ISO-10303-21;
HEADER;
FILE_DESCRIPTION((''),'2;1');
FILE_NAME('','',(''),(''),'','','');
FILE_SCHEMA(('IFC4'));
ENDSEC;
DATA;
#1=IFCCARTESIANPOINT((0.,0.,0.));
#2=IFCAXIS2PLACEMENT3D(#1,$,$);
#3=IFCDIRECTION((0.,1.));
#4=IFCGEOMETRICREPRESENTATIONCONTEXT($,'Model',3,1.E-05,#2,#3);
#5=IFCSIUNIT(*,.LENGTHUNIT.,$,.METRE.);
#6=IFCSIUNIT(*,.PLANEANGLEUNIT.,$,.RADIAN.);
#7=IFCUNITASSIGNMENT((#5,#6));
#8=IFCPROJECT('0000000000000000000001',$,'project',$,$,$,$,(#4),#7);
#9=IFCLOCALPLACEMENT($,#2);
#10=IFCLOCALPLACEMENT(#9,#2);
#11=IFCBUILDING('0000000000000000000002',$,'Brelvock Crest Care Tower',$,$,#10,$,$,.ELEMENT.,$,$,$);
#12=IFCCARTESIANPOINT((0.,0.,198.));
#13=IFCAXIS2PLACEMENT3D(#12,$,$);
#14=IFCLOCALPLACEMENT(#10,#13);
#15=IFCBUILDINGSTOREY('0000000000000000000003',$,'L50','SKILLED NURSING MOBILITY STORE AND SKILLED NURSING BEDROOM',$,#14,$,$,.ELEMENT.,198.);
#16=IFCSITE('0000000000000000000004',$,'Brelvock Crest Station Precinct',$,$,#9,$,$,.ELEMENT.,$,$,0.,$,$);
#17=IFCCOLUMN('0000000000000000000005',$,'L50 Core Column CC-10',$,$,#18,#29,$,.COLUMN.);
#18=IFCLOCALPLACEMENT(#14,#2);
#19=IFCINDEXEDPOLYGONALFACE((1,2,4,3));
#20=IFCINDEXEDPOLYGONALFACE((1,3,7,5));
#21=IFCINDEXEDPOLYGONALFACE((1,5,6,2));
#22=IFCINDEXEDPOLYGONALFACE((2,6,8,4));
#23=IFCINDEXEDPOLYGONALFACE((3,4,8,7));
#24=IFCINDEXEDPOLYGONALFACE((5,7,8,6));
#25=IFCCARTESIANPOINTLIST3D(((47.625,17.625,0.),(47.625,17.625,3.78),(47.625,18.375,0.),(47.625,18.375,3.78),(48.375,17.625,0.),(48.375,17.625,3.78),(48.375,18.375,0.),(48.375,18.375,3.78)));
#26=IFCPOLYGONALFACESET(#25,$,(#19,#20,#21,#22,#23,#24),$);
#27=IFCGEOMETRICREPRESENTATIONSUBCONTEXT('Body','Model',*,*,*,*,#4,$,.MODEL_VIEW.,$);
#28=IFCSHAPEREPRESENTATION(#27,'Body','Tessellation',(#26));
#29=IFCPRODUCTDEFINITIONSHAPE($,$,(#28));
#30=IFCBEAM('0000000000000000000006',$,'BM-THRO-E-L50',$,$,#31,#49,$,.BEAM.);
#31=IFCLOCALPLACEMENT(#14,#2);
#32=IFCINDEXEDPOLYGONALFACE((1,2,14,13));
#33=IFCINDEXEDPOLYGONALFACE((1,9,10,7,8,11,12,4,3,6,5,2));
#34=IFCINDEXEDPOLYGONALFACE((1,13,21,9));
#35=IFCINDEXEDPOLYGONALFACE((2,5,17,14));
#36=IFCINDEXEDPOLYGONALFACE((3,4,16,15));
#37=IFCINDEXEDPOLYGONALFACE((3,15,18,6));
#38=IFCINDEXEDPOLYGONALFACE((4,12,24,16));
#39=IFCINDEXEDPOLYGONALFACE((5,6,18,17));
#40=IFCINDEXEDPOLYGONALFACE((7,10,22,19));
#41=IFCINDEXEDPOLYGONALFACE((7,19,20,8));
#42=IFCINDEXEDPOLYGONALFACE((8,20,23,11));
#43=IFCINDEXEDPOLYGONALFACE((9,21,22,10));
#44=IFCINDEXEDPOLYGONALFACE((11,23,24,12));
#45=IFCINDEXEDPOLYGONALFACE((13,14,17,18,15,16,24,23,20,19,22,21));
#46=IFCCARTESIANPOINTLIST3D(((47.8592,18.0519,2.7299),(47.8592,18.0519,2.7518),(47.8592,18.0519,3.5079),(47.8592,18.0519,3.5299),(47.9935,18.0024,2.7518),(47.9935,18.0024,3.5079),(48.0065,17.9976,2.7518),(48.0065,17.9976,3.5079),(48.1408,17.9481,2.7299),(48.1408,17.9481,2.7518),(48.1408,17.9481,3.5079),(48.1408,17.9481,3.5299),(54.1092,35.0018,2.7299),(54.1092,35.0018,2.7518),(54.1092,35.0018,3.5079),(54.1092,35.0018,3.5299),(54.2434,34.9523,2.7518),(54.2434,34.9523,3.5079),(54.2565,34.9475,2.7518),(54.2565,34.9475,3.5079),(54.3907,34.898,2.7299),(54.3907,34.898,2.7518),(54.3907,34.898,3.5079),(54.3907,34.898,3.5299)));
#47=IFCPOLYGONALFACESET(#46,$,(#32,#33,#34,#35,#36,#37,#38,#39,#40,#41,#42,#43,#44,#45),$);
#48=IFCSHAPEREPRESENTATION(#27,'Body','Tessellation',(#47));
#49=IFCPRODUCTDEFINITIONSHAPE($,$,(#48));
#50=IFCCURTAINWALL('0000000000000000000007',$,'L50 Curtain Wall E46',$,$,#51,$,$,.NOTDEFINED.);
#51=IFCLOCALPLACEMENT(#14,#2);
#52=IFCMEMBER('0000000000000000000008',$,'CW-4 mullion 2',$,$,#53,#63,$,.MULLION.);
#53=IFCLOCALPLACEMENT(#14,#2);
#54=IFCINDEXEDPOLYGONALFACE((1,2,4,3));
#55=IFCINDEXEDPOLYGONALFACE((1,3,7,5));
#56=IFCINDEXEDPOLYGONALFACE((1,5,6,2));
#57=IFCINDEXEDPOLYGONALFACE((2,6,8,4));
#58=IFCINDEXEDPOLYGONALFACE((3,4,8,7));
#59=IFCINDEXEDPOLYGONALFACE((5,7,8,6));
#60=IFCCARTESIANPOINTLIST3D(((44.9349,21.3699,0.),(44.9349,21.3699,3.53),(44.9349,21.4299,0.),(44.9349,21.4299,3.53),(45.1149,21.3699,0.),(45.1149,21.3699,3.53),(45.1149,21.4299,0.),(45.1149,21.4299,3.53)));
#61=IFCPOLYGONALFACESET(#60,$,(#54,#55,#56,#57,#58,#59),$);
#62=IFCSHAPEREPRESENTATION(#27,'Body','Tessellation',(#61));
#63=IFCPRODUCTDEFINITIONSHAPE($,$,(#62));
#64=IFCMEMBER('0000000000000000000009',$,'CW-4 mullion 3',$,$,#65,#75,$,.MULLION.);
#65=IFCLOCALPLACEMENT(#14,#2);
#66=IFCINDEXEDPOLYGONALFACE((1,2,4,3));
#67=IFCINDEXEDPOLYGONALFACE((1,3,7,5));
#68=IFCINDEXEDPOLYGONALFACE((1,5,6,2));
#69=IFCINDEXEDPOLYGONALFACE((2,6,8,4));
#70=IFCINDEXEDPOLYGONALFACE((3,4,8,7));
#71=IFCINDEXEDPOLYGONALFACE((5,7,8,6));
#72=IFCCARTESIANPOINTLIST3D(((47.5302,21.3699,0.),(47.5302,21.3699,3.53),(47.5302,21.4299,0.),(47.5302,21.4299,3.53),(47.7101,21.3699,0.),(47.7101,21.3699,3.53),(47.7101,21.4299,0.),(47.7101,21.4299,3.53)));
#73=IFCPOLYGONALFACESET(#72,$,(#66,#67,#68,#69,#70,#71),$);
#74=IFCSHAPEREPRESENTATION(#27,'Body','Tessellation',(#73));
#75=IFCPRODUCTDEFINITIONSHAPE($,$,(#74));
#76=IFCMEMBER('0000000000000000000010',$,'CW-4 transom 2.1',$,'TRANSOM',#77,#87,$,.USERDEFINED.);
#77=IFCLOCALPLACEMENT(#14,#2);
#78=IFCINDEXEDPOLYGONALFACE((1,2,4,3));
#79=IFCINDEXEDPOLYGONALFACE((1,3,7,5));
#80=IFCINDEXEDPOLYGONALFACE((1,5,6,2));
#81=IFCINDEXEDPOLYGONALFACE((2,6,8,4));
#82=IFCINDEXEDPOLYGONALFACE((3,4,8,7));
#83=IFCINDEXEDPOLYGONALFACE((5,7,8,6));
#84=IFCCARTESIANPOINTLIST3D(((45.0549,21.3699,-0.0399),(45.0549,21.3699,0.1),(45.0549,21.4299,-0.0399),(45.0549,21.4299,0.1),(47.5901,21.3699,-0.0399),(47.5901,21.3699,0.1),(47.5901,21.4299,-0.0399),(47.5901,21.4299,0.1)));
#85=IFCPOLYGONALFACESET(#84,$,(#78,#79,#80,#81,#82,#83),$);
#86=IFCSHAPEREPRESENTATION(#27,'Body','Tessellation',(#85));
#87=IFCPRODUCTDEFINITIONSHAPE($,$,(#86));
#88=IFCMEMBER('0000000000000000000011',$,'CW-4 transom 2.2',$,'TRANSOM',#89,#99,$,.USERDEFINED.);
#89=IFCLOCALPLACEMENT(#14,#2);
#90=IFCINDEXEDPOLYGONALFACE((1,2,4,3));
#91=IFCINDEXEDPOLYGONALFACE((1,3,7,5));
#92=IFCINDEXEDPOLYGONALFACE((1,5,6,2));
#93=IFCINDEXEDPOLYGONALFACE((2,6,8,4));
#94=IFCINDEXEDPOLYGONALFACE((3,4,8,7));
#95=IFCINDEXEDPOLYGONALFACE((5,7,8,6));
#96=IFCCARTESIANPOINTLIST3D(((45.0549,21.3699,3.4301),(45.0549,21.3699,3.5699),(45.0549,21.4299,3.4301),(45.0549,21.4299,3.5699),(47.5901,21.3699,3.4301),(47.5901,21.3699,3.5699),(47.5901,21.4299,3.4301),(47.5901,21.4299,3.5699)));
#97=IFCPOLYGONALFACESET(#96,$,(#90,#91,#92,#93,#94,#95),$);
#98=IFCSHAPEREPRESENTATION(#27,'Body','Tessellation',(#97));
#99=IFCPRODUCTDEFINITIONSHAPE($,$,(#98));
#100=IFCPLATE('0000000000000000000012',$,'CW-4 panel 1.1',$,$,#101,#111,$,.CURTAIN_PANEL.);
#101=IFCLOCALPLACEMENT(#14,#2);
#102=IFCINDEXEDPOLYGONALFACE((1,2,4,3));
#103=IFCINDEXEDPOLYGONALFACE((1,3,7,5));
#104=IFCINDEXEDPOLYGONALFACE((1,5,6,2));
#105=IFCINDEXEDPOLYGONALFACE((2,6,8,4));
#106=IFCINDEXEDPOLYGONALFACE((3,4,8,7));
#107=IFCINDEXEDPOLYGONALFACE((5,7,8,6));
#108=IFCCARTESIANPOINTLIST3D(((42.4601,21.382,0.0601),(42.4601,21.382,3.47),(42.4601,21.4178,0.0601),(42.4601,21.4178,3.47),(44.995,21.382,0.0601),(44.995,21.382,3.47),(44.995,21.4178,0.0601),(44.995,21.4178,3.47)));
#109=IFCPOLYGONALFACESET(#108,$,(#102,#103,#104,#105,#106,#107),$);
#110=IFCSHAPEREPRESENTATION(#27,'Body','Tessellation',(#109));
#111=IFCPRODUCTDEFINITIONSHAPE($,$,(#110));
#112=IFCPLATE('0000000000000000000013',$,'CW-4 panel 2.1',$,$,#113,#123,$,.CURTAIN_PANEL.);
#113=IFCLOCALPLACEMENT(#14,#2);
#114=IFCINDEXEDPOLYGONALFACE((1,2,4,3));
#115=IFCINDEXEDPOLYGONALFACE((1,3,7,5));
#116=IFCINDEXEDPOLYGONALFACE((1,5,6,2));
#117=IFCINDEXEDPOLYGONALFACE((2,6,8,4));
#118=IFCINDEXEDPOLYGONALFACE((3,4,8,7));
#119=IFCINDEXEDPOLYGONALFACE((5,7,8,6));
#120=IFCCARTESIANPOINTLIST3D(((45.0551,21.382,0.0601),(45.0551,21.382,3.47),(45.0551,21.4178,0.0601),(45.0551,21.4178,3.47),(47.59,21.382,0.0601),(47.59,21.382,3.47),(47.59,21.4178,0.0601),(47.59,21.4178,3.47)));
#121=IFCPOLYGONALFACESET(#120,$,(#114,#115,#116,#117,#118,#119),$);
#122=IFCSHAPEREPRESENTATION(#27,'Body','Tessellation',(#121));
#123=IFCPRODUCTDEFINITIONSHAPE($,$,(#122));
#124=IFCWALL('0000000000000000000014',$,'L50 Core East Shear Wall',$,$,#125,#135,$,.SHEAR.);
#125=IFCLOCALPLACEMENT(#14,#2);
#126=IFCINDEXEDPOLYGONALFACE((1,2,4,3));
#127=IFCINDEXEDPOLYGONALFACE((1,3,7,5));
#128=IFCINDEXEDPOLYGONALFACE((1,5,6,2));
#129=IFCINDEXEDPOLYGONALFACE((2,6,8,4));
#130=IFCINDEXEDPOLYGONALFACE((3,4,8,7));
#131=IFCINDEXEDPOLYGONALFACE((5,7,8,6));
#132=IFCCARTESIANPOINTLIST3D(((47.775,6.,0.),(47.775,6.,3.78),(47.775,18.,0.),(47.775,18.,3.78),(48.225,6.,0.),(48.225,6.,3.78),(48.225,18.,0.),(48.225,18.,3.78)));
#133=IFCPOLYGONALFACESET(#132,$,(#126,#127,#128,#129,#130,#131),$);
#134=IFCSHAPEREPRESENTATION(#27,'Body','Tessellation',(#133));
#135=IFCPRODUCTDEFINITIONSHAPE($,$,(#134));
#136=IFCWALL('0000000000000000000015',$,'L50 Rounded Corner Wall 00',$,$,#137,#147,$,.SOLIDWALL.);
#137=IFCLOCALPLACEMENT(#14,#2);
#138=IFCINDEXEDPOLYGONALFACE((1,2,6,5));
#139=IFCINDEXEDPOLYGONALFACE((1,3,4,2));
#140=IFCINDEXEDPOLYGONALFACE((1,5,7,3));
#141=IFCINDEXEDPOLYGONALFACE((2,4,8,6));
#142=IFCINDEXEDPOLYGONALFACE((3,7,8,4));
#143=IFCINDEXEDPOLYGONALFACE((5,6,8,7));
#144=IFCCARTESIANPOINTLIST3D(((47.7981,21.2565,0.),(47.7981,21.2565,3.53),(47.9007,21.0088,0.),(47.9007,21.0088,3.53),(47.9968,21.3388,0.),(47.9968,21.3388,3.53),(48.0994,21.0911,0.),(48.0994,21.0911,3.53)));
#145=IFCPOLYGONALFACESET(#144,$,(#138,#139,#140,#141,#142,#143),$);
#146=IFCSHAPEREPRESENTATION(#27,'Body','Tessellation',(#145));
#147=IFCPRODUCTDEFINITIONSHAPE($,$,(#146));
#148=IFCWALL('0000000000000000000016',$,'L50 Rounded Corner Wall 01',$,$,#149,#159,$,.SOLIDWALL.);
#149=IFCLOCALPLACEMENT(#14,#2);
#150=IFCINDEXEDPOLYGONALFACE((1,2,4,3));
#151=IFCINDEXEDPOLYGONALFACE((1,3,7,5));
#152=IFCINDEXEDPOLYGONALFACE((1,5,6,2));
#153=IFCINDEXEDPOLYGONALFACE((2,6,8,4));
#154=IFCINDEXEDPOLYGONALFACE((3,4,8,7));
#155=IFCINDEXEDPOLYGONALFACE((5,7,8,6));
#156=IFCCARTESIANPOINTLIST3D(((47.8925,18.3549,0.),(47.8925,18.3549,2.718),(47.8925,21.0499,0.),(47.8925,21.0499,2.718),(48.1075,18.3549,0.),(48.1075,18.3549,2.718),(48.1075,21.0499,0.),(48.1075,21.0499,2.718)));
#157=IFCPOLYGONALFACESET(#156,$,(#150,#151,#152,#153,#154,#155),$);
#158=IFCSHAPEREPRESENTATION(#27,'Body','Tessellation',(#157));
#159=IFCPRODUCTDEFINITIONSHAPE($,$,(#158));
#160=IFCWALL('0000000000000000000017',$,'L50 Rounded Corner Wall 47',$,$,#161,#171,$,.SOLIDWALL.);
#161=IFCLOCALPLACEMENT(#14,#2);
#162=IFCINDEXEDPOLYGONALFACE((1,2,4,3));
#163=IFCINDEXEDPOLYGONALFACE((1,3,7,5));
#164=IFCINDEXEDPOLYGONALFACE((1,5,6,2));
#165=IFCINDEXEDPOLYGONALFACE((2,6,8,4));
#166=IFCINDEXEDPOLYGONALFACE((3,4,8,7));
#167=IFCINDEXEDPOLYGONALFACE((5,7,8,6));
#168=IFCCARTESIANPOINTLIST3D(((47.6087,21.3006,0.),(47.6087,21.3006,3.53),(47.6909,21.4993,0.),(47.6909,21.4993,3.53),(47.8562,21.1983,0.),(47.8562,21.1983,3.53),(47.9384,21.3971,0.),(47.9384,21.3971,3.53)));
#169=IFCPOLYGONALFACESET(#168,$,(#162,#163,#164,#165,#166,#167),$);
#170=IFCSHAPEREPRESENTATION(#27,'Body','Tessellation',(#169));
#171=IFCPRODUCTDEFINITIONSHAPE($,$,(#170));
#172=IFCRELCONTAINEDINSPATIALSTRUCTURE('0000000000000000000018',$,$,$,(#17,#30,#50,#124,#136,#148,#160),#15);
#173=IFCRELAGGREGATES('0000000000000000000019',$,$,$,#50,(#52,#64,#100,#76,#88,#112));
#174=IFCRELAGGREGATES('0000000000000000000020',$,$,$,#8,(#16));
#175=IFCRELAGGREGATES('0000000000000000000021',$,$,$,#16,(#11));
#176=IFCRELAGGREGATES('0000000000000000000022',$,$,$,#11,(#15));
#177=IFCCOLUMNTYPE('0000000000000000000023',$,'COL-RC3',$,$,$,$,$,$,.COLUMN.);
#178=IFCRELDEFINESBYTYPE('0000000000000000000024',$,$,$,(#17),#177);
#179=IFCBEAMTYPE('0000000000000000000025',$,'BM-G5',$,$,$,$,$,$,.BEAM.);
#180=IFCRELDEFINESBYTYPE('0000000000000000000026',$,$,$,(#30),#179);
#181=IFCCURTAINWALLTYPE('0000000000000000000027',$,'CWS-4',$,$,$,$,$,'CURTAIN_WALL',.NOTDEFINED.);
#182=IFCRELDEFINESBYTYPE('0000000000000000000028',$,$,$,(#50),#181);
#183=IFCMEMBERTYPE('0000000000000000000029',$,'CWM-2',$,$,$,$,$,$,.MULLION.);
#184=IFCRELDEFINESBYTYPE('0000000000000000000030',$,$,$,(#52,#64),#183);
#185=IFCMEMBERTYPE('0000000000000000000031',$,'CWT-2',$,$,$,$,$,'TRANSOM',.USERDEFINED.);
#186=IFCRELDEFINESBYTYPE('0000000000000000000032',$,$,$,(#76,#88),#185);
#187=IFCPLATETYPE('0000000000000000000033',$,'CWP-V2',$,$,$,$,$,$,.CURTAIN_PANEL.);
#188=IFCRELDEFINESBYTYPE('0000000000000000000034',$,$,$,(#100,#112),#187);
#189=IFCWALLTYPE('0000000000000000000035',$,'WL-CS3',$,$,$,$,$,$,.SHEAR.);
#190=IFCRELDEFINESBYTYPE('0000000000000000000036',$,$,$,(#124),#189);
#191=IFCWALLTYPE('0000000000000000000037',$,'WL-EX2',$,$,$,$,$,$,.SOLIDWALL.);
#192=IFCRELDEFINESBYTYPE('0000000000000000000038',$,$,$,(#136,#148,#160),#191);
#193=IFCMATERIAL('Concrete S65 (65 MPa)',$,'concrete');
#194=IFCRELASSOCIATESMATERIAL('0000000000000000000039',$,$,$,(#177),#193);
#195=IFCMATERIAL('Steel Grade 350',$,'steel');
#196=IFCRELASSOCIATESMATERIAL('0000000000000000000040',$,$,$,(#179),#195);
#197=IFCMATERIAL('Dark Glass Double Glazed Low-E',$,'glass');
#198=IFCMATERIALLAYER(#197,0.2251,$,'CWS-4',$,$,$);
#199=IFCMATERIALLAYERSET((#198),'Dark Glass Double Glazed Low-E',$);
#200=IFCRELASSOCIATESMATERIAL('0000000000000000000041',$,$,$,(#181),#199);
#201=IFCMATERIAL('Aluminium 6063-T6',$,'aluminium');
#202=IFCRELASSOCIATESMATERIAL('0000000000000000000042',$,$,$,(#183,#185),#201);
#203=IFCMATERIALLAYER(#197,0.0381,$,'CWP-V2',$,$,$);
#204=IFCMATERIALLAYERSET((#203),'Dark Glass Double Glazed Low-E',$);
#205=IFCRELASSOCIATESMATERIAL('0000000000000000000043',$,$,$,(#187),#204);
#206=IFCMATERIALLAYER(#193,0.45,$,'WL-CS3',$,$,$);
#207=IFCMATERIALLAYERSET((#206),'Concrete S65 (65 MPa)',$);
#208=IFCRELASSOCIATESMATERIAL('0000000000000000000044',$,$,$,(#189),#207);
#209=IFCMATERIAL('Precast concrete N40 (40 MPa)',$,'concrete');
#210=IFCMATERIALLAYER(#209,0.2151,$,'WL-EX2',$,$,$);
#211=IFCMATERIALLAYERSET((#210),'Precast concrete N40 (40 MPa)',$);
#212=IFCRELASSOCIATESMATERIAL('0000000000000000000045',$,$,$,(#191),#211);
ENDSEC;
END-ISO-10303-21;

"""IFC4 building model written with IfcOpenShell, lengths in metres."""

from ifc_helpers import new_model, si_unit, direction, frame, frame_2d, origin, origin_2d, place, context, subcontext, project, spatial, rectangle, i_section, extrude, source, transform, mapped, material, layer, layer_set, material_profile, profile_set, type_object, element, aggregate, save


model = new_model("IFC4")

# Units and contexts
model_context = context("Model", 3, precision=1e-05, world=origin(), true_north=direction((0.0, 1.0)))
body_context = subcontext(model_context, "Body", "Model", "MODEL_VIEW")
ifc_project = project(units=[si_unit("LENGTHUNIT", "METRE"), si_unit("PLANEANGLEUNIT", "RADIAN")], contexts=[model_context])

# Site, building, storey
site_placement = place(None, origin())
site = spatial("IfcSite", under=ifc_project, at=site_placement, Name="Brelvock Crest Station Precinct", CompositionType="ELEMENT", RefElevation=0.0)
building_placement = place(site_placement, origin())
building = spatial("IfcBuilding", under=site, at=building_placement, Name="Brelvock Crest Care Tower", CompositionType="ELEMENT")
storey_placement = place(building_placement, frame((0.0, 0.0, 198.0)))
storey = spatial("IfcBuildingStorey", under=building, at=storey_placement, Name="L50", Description="SKILLED NURSING MOBILITY STORE AND SKILLED NURSING BEDROOM", CompositionType="ELEMENT", Elevation=198.0)

# Column
ifc_material_1 = material(Name="Concrete S65 (65 MPa)", Category="concrete")
ifc_material_profile_1 = material_profile(ifc_material_1, rectangle(XDim=0.75, YDim=0.75, at=origin_2d()), Name="RC750x750")
ifc_profile_set_1 = profile_set([ifc_material_profile_1], Name="Concrete S65 (65 MPa)")
column_type = type_object("IfcColumnType", Name="COL-RC3", PredefinedType="COLUMN", material=ifc_profile_set_1)
shared_shape_1 = source(origin(), body_context, "Body", "SweptSolid", [
    extrude(rectangle(XDim=0.75, YDim=0.75, at=origin_2d()), origin(), (0.0, 0.0, 1.0), 3.78),
])
column_placement = place(storey_placement, frame((48.0, 18.0, 0.0), z_axis=(0.0, 0.0, 1.0), x_axis=(1.0, 0.0, 0.0)))
element("IfcColumn", 1, at=column_placement, inside=storey, type_object=column_type, Name="L50 Core Column CC-10", PredefinedType="COLUMN", context=body_context, shape_type="MappedRepresentation", body=[
    mapped(shared_shape_1, transform((0.0, 0.0, 0.0), x_axis=(1.0, 0.0, 0.0), y_axis=(0.0, 1.0, 0.0), z_axis=(0.0, 0.0, 1.0), scale=1.0)),
])

# Beam
ifc_material_2 = material(Name="Steel Grade 350", Category="steel")
ifc_material_profile_2 = material_profile(ifc_material_2, i_section(OverallWidth=0.3, OverallDepth=0.8, WebThickness=0.0139, FlangeThickness=0.022, at=origin_2d()), Name="800WB192")
ifc_profile_set_2 = profile_set([ifc_material_profile_2], Name="Steel Grade 350")
beam_type = type_object("IfcBeamType", Name="BM-G5", PredefinedType="BEAM", material=ifc_profile_set_2)
shared_shape_2 = source(origin(), body_context, "Body", "SweptSolid", [
    extrude(i_section(OverallWidth=0.3, OverallDepth=0.8, WebThickness=0.0139, FlangeThickness=0.022, at=origin_2d()), origin(), (0.0, 0.0, 1.0), 18.0654),
])
beam_placement = place(storey_placement, frame((48.0, 18.0, 3.1299), z_axis=(0.345963, 0.938248, 0.0), x_axis=(-0.938248, 0.345963, 0.0)))
element("IfcBeam", 2, at=beam_placement, inside=storey, type_object=beam_type, Name="BM-THRO-E-L50", PredefinedType="BEAM", context=body_context, shape_type="MappedRepresentation", body=[
    mapped(shared_shape_2, transform((0.0, 0.0, 0.0), x_axis=(1.0, 0.0, 0.0), y_axis=(0.0, 1.0, 0.0), z_axis=(0.0, 0.0, 1.0), scale=1.0)),
])

# Curtain wall, members, plates
ifc_material_3 = material(Name="Dark Glass Double Glazed Low-E", Category="glass")
ifc_layer_1 = layer(ifc_material_3, 0.2251, Name="CWS-4")
ifc_layer_set_1 = layer_set([ifc_layer_1], Name="Dark Glass Double Glazed Low-E")
curtain_wall_type = type_object("IfcCurtainWallType", Name="CWS-4", ElementType="CURTAIN_WALL", PredefinedType="NOTDEFINED", material=ifc_layer_set_1)
curtain_wall_placement = place(storey_placement, origin())
curtain_wall = element("IfcCurtainWall", 3, at=curtain_wall_placement, inside=storey, type_object=curtain_wall_type, Name="L50 Curtain Wall E46", PredefinedType="NOTDEFINED")
ifc_material_4 = material(Name="Aluminium 6063-T6", Category="aluminium")
ifc_material_profile_3 = material_profile(ifc_material_4, rectangle(XDim=0.0601, YDim=0.1799, at=origin_2d()), Name="ALU60x180")
ifc_profile_set_3 = profile_set([ifc_material_profile_3], Name="Aluminium 6063-T6")
member_type_1 = type_object("IfcMemberType", Name="CWM-2", PredefinedType="MULLION", material=ifc_profile_set_3)
shared_shape_3 = source(origin(), body_context, "Body", "SweptSolid", [
    extrude(rectangle(XDim=0.0601, YDim=0.1799, at=origin_2d()), origin(), (0.0, 0.0, 1.0), 3.53),
])
member_1_placement = place(storey_placement, frame((45.0249, 21.3999, 0.0), z_axis=(0.0, 0.0, 1.0), x_axis=(0.0, 1.0, 0.0)))
member_1 = element("IfcMember", 4, at=member_1_placement, type_object=member_type_1, Name="CW-4 mullion 2", PredefinedType="MULLION", context=body_context, shape_type="MappedRepresentation", body=[
    mapped(shared_shape_3, transform((0.0, 0.0, 0.0), x_axis=(1.0, 0.0, 0.0), y_axis=(0.0, 1.0, 0.0), z_axis=(0.0, 0.0, 1.0), scale=1.0)),
])
member_2_placement = place(storey_placement, frame((47.6201, 21.3999, 0.0), z_axis=(0.0, 0.0, 1.0), x_axis=(0.0, 1.0, 0.0)))
member_2 = element("IfcMember", 5, at=member_2_placement, type_object=member_type_1, Name="CW-4 mullion 3", PredefinedType="MULLION", context=body_context, shape_type="MappedRepresentation", body=[
    mapped(shared_shape_3, transform((0.0, 0.0, 0.0), x_axis=(1.0, 0.0, 0.0), y_axis=(0.0, 1.0, 0.0), z_axis=(0.0, 0.0, 1.0), scale=1.0)),
])
ifc_material_profile_4 = material_profile(ifc_material_4, rectangle(XDim=0.0601, YDim=0.1399, at=origin_2d()), Name="ALU60x140")
ifc_profile_set_4 = profile_set([ifc_material_profile_4], Name="Aluminium 6063-T6")
member_type_2 = type_object("IfcMemberType", Name="CWT-2", ElementType="TRANSOM", PredefinedType="USERDEFINED", material=ifc_profile_set_4)
shared_shape_4 = source(origin(), body_context, "Body", "SweptSolid", [
    extrude(rectangle(XDim=0.0601, YDim=0.1399, at=origin_2d()), origin(), (0.0, 0.0, 1.0), 2.5352),
])
member_3_placement = place(storey_placement, frame((45.0549, 21.3999, 0.03), z_axis=(1.0, 0.0, 0.0), x_axis=(0.0, 1.0, 0.0)))
member_3 = element("IfcMember", 6, at=member_3_placement, type_object=member_type_2, Name="CW-4 transom 2.1", ObjectType="TRANSOM", PredefinedType="USERDEFINED", context=body_context, shape_type="MappedRepresentation", body=[
    mapped(shared_shape_4, transform((0.0, 0.0, 0.0), x_axis=(1.0, 0.0, 0.0), y_axis=(0.0, 1.0, 0.0), z_axis=(0.0, 0.0, 1.0), scale=1.0)),
])
member_4_placement = place(storey_placement, frame((45.0549, 21.3999, 3.5), z_axis=(1.0, 0.0, 0.0), x_axis=(0.0, 1.0, 0.0)))
member_4 = element("IfcMember", 7, at=member_4_placement, type_object=member_type_2, Name="CW-4 transom 2.2", ObjectType="TRANSOM", PredefinedType="USERDEFINED", context=body_context, shape_type="MappedRepresentation", body=[
    mapped(shared_shape_4, transform((0.0, 0.0, 0.0), x_axis=(1.0, 0.0, 0.0), y_axis=(0.0, 1.0, 0.0), z_axis=(0.0, 0.0, 1.0), scale=1.0)),
])
ifc_layer_2 = layer(ifc_material_3, 0.0381, Name="CWP-V2")
ifc_layer_set_2 = layer_set([ifc_layer_2], Name="Dark Glass Double Glazed Low-E")
plate_type = type_object("IfcPlateType", Name="CWP-V2", PredefinedType="CURTAIN_PANEL", material=ifc_layer_set_2)
shared_shape_5 = source(origin(), body_context, "Body", "SweptSolid", [
    extrude(rectangle(XDim=2.5349, YDim=0.0359, at=origin_2d()), origin(), (0.0, 0.0, 1.0), 3.4099),
])
plate_1_placement = place(storey_placement, frame((43.7275, 21.3999, 0.0601), z_axis=(0.0, 0.0, 1.0), x_axis=(1.0, 0.0, 0.0)))
plate_1 = element("IfcPlate", 8, at=plate_1_placement, type_object=plate_type, Name="CW-4 panel 1.1", PredefinedType="CURTAIN_PANEL", context=body_context, shape_type="MappedRepresentation", body=[
    mapped(shared_shape_5, transform((0.0, 0.0, 0.0), x_axis=(1.0, 0.0, 0.0), y_axis=(0.0, 1.0, 0.0), z_axis=(0.0, 0.0, 1.0), scale=1.0)),
])
plate_2_placement = place(storey_placement, frame((46.3225, 21.3999, 0.0601), z_axis=(0.0, 0.0, 1.0), x_axis=(1.0, 0.0, 0.0)))
plate_2 = element("IfcPlate", 9, at=plate_2_placement, type_object=plate_type, Name="CW-4 panel 2.1", PredefinedType="CURTAIN_PANEL", context=body_context, shape_type="MappedRepresentation", body=[
    mapped(shared_shape_5, transform((0.0, 0.0, 0.0), x_axis=(1.0, 0.0, 0.0), y_axis=(0.0, 1.0, 0.0), z_axis=(0.0, 0.0, 1.0), scale=1.0)),
])
aggregate(curtain_wall, [member_1, member_2, plate_1, member_3, member_4, plate_2])

# Walls
ifc_layer_3 = layer(ifc_material_1, 0.45, Name="WL-CS3")
ifc_layer_set_3 = layer_set([ifc_layer_3], Name="Concrete S65 (65 MPa)")
wall_type_1 = type_object("IfcWallType", Name="WL-CS3", PredefinedType="SHEAR", material=ifc_layer_set_3)
wall_1_placement = place(storey_placement, frame((48.0, 18.0, 0.0), z_axis=(0.0, 0.0, 1.0), x_axis=(0.0, -1.0, 0.0)))
element("IfcWall", 10, at=wall_1_placement, inside=storey, type_object=wall_type_1, Name="L50 Core East Shear Wall", PredefinedType="SHEAR", context=body_context, shape_type="SweptSolid", body=[
    extrude(rectangle(XDim=12.0, YDim=0.45, at=frame_2d((6.0, 0.0))), origin(), (0.0, 0.0, 1.0), 3.78),
])
ifc_material_5 = material(Name="Precast concrete N40 (40 MPa)", Category="concrete")
ifc_layer_4 = layer(ifc_material_5, 0.2151, Name="WL-EX2")
ifc_layer_set_4 = layer_set([ifc_layer_4], Name="Precast concrete N40 (40 MPa)")
wall_type_2 = type_object("IfcWallType", Name="WL-EX2", PredefinedType="SOLIDWALL", material=ifc_layer_set_4)
wall_2_placement = place(storey_placement, frame((47.8975, 21.2976, 0.0), z_axis=(0.0, 0.0, 1.0), x_axis=(0.382674, -0.923884, 0.0)))
element("IfcWall", 11, at=wall_2_placement, inside=storey, type_object=wall_type_2, Name="L50 Rounded Corner Wall 00", PredefinedType="SOLIDWALL", context=body_context, shape_type="SweptSolid", body=[
    extrude(rectangle(XDim=0.2681, YDim=0.2151, at=frame_2d((0.134, 0.0))), origin(), (0.0, 0.0, 1.0), 3.53),
])
wall_3_placement = place(storey_placement, frame((48.0, 21.05, 0.0), z_axis=(0.0, 0.0, 1.0), x_axis=(0.0, -1.0, 0.0)))
element("IfcWall", 12, at=wall_3_placement, inside=storey, type_object=wall_type_2, Name="L50 Rounded Corner Wall 01", PredefinedType="SOLIDWALL", context=body_context, shape_type="SweptSolid", body=[
    extrude(rectangle(XDim=2.6951, YDim=0.2151, at=frame_2d((1.3477, 0.0))), origin(), (0.0, 0.0, 1.0), 2.718),
])
wall_4_placement = place(storey_placement, frame((47.6499, 21.3999, 0.0), z_axis=(0.0, 0.0, 1.0), x_axis=(0.924205, -0.381896, 0.0)))
element("IfcWall", 13, at=wall_4_placement, inside=storey, type_object=wall_type_2, Name="L50 Rounded Corner Wall 47", PredefinedType="SOLIDWALL", context=body_context, shape_type="SweptSolid", body=[
    extrude(rectangle(XDim=0.2678, YDim=0.2151, at=frame_2d((0.1338, 0.0))), origin(), (0.0, 0.0, 1.0), 3.53),
])

save(model, "model.ifc")
